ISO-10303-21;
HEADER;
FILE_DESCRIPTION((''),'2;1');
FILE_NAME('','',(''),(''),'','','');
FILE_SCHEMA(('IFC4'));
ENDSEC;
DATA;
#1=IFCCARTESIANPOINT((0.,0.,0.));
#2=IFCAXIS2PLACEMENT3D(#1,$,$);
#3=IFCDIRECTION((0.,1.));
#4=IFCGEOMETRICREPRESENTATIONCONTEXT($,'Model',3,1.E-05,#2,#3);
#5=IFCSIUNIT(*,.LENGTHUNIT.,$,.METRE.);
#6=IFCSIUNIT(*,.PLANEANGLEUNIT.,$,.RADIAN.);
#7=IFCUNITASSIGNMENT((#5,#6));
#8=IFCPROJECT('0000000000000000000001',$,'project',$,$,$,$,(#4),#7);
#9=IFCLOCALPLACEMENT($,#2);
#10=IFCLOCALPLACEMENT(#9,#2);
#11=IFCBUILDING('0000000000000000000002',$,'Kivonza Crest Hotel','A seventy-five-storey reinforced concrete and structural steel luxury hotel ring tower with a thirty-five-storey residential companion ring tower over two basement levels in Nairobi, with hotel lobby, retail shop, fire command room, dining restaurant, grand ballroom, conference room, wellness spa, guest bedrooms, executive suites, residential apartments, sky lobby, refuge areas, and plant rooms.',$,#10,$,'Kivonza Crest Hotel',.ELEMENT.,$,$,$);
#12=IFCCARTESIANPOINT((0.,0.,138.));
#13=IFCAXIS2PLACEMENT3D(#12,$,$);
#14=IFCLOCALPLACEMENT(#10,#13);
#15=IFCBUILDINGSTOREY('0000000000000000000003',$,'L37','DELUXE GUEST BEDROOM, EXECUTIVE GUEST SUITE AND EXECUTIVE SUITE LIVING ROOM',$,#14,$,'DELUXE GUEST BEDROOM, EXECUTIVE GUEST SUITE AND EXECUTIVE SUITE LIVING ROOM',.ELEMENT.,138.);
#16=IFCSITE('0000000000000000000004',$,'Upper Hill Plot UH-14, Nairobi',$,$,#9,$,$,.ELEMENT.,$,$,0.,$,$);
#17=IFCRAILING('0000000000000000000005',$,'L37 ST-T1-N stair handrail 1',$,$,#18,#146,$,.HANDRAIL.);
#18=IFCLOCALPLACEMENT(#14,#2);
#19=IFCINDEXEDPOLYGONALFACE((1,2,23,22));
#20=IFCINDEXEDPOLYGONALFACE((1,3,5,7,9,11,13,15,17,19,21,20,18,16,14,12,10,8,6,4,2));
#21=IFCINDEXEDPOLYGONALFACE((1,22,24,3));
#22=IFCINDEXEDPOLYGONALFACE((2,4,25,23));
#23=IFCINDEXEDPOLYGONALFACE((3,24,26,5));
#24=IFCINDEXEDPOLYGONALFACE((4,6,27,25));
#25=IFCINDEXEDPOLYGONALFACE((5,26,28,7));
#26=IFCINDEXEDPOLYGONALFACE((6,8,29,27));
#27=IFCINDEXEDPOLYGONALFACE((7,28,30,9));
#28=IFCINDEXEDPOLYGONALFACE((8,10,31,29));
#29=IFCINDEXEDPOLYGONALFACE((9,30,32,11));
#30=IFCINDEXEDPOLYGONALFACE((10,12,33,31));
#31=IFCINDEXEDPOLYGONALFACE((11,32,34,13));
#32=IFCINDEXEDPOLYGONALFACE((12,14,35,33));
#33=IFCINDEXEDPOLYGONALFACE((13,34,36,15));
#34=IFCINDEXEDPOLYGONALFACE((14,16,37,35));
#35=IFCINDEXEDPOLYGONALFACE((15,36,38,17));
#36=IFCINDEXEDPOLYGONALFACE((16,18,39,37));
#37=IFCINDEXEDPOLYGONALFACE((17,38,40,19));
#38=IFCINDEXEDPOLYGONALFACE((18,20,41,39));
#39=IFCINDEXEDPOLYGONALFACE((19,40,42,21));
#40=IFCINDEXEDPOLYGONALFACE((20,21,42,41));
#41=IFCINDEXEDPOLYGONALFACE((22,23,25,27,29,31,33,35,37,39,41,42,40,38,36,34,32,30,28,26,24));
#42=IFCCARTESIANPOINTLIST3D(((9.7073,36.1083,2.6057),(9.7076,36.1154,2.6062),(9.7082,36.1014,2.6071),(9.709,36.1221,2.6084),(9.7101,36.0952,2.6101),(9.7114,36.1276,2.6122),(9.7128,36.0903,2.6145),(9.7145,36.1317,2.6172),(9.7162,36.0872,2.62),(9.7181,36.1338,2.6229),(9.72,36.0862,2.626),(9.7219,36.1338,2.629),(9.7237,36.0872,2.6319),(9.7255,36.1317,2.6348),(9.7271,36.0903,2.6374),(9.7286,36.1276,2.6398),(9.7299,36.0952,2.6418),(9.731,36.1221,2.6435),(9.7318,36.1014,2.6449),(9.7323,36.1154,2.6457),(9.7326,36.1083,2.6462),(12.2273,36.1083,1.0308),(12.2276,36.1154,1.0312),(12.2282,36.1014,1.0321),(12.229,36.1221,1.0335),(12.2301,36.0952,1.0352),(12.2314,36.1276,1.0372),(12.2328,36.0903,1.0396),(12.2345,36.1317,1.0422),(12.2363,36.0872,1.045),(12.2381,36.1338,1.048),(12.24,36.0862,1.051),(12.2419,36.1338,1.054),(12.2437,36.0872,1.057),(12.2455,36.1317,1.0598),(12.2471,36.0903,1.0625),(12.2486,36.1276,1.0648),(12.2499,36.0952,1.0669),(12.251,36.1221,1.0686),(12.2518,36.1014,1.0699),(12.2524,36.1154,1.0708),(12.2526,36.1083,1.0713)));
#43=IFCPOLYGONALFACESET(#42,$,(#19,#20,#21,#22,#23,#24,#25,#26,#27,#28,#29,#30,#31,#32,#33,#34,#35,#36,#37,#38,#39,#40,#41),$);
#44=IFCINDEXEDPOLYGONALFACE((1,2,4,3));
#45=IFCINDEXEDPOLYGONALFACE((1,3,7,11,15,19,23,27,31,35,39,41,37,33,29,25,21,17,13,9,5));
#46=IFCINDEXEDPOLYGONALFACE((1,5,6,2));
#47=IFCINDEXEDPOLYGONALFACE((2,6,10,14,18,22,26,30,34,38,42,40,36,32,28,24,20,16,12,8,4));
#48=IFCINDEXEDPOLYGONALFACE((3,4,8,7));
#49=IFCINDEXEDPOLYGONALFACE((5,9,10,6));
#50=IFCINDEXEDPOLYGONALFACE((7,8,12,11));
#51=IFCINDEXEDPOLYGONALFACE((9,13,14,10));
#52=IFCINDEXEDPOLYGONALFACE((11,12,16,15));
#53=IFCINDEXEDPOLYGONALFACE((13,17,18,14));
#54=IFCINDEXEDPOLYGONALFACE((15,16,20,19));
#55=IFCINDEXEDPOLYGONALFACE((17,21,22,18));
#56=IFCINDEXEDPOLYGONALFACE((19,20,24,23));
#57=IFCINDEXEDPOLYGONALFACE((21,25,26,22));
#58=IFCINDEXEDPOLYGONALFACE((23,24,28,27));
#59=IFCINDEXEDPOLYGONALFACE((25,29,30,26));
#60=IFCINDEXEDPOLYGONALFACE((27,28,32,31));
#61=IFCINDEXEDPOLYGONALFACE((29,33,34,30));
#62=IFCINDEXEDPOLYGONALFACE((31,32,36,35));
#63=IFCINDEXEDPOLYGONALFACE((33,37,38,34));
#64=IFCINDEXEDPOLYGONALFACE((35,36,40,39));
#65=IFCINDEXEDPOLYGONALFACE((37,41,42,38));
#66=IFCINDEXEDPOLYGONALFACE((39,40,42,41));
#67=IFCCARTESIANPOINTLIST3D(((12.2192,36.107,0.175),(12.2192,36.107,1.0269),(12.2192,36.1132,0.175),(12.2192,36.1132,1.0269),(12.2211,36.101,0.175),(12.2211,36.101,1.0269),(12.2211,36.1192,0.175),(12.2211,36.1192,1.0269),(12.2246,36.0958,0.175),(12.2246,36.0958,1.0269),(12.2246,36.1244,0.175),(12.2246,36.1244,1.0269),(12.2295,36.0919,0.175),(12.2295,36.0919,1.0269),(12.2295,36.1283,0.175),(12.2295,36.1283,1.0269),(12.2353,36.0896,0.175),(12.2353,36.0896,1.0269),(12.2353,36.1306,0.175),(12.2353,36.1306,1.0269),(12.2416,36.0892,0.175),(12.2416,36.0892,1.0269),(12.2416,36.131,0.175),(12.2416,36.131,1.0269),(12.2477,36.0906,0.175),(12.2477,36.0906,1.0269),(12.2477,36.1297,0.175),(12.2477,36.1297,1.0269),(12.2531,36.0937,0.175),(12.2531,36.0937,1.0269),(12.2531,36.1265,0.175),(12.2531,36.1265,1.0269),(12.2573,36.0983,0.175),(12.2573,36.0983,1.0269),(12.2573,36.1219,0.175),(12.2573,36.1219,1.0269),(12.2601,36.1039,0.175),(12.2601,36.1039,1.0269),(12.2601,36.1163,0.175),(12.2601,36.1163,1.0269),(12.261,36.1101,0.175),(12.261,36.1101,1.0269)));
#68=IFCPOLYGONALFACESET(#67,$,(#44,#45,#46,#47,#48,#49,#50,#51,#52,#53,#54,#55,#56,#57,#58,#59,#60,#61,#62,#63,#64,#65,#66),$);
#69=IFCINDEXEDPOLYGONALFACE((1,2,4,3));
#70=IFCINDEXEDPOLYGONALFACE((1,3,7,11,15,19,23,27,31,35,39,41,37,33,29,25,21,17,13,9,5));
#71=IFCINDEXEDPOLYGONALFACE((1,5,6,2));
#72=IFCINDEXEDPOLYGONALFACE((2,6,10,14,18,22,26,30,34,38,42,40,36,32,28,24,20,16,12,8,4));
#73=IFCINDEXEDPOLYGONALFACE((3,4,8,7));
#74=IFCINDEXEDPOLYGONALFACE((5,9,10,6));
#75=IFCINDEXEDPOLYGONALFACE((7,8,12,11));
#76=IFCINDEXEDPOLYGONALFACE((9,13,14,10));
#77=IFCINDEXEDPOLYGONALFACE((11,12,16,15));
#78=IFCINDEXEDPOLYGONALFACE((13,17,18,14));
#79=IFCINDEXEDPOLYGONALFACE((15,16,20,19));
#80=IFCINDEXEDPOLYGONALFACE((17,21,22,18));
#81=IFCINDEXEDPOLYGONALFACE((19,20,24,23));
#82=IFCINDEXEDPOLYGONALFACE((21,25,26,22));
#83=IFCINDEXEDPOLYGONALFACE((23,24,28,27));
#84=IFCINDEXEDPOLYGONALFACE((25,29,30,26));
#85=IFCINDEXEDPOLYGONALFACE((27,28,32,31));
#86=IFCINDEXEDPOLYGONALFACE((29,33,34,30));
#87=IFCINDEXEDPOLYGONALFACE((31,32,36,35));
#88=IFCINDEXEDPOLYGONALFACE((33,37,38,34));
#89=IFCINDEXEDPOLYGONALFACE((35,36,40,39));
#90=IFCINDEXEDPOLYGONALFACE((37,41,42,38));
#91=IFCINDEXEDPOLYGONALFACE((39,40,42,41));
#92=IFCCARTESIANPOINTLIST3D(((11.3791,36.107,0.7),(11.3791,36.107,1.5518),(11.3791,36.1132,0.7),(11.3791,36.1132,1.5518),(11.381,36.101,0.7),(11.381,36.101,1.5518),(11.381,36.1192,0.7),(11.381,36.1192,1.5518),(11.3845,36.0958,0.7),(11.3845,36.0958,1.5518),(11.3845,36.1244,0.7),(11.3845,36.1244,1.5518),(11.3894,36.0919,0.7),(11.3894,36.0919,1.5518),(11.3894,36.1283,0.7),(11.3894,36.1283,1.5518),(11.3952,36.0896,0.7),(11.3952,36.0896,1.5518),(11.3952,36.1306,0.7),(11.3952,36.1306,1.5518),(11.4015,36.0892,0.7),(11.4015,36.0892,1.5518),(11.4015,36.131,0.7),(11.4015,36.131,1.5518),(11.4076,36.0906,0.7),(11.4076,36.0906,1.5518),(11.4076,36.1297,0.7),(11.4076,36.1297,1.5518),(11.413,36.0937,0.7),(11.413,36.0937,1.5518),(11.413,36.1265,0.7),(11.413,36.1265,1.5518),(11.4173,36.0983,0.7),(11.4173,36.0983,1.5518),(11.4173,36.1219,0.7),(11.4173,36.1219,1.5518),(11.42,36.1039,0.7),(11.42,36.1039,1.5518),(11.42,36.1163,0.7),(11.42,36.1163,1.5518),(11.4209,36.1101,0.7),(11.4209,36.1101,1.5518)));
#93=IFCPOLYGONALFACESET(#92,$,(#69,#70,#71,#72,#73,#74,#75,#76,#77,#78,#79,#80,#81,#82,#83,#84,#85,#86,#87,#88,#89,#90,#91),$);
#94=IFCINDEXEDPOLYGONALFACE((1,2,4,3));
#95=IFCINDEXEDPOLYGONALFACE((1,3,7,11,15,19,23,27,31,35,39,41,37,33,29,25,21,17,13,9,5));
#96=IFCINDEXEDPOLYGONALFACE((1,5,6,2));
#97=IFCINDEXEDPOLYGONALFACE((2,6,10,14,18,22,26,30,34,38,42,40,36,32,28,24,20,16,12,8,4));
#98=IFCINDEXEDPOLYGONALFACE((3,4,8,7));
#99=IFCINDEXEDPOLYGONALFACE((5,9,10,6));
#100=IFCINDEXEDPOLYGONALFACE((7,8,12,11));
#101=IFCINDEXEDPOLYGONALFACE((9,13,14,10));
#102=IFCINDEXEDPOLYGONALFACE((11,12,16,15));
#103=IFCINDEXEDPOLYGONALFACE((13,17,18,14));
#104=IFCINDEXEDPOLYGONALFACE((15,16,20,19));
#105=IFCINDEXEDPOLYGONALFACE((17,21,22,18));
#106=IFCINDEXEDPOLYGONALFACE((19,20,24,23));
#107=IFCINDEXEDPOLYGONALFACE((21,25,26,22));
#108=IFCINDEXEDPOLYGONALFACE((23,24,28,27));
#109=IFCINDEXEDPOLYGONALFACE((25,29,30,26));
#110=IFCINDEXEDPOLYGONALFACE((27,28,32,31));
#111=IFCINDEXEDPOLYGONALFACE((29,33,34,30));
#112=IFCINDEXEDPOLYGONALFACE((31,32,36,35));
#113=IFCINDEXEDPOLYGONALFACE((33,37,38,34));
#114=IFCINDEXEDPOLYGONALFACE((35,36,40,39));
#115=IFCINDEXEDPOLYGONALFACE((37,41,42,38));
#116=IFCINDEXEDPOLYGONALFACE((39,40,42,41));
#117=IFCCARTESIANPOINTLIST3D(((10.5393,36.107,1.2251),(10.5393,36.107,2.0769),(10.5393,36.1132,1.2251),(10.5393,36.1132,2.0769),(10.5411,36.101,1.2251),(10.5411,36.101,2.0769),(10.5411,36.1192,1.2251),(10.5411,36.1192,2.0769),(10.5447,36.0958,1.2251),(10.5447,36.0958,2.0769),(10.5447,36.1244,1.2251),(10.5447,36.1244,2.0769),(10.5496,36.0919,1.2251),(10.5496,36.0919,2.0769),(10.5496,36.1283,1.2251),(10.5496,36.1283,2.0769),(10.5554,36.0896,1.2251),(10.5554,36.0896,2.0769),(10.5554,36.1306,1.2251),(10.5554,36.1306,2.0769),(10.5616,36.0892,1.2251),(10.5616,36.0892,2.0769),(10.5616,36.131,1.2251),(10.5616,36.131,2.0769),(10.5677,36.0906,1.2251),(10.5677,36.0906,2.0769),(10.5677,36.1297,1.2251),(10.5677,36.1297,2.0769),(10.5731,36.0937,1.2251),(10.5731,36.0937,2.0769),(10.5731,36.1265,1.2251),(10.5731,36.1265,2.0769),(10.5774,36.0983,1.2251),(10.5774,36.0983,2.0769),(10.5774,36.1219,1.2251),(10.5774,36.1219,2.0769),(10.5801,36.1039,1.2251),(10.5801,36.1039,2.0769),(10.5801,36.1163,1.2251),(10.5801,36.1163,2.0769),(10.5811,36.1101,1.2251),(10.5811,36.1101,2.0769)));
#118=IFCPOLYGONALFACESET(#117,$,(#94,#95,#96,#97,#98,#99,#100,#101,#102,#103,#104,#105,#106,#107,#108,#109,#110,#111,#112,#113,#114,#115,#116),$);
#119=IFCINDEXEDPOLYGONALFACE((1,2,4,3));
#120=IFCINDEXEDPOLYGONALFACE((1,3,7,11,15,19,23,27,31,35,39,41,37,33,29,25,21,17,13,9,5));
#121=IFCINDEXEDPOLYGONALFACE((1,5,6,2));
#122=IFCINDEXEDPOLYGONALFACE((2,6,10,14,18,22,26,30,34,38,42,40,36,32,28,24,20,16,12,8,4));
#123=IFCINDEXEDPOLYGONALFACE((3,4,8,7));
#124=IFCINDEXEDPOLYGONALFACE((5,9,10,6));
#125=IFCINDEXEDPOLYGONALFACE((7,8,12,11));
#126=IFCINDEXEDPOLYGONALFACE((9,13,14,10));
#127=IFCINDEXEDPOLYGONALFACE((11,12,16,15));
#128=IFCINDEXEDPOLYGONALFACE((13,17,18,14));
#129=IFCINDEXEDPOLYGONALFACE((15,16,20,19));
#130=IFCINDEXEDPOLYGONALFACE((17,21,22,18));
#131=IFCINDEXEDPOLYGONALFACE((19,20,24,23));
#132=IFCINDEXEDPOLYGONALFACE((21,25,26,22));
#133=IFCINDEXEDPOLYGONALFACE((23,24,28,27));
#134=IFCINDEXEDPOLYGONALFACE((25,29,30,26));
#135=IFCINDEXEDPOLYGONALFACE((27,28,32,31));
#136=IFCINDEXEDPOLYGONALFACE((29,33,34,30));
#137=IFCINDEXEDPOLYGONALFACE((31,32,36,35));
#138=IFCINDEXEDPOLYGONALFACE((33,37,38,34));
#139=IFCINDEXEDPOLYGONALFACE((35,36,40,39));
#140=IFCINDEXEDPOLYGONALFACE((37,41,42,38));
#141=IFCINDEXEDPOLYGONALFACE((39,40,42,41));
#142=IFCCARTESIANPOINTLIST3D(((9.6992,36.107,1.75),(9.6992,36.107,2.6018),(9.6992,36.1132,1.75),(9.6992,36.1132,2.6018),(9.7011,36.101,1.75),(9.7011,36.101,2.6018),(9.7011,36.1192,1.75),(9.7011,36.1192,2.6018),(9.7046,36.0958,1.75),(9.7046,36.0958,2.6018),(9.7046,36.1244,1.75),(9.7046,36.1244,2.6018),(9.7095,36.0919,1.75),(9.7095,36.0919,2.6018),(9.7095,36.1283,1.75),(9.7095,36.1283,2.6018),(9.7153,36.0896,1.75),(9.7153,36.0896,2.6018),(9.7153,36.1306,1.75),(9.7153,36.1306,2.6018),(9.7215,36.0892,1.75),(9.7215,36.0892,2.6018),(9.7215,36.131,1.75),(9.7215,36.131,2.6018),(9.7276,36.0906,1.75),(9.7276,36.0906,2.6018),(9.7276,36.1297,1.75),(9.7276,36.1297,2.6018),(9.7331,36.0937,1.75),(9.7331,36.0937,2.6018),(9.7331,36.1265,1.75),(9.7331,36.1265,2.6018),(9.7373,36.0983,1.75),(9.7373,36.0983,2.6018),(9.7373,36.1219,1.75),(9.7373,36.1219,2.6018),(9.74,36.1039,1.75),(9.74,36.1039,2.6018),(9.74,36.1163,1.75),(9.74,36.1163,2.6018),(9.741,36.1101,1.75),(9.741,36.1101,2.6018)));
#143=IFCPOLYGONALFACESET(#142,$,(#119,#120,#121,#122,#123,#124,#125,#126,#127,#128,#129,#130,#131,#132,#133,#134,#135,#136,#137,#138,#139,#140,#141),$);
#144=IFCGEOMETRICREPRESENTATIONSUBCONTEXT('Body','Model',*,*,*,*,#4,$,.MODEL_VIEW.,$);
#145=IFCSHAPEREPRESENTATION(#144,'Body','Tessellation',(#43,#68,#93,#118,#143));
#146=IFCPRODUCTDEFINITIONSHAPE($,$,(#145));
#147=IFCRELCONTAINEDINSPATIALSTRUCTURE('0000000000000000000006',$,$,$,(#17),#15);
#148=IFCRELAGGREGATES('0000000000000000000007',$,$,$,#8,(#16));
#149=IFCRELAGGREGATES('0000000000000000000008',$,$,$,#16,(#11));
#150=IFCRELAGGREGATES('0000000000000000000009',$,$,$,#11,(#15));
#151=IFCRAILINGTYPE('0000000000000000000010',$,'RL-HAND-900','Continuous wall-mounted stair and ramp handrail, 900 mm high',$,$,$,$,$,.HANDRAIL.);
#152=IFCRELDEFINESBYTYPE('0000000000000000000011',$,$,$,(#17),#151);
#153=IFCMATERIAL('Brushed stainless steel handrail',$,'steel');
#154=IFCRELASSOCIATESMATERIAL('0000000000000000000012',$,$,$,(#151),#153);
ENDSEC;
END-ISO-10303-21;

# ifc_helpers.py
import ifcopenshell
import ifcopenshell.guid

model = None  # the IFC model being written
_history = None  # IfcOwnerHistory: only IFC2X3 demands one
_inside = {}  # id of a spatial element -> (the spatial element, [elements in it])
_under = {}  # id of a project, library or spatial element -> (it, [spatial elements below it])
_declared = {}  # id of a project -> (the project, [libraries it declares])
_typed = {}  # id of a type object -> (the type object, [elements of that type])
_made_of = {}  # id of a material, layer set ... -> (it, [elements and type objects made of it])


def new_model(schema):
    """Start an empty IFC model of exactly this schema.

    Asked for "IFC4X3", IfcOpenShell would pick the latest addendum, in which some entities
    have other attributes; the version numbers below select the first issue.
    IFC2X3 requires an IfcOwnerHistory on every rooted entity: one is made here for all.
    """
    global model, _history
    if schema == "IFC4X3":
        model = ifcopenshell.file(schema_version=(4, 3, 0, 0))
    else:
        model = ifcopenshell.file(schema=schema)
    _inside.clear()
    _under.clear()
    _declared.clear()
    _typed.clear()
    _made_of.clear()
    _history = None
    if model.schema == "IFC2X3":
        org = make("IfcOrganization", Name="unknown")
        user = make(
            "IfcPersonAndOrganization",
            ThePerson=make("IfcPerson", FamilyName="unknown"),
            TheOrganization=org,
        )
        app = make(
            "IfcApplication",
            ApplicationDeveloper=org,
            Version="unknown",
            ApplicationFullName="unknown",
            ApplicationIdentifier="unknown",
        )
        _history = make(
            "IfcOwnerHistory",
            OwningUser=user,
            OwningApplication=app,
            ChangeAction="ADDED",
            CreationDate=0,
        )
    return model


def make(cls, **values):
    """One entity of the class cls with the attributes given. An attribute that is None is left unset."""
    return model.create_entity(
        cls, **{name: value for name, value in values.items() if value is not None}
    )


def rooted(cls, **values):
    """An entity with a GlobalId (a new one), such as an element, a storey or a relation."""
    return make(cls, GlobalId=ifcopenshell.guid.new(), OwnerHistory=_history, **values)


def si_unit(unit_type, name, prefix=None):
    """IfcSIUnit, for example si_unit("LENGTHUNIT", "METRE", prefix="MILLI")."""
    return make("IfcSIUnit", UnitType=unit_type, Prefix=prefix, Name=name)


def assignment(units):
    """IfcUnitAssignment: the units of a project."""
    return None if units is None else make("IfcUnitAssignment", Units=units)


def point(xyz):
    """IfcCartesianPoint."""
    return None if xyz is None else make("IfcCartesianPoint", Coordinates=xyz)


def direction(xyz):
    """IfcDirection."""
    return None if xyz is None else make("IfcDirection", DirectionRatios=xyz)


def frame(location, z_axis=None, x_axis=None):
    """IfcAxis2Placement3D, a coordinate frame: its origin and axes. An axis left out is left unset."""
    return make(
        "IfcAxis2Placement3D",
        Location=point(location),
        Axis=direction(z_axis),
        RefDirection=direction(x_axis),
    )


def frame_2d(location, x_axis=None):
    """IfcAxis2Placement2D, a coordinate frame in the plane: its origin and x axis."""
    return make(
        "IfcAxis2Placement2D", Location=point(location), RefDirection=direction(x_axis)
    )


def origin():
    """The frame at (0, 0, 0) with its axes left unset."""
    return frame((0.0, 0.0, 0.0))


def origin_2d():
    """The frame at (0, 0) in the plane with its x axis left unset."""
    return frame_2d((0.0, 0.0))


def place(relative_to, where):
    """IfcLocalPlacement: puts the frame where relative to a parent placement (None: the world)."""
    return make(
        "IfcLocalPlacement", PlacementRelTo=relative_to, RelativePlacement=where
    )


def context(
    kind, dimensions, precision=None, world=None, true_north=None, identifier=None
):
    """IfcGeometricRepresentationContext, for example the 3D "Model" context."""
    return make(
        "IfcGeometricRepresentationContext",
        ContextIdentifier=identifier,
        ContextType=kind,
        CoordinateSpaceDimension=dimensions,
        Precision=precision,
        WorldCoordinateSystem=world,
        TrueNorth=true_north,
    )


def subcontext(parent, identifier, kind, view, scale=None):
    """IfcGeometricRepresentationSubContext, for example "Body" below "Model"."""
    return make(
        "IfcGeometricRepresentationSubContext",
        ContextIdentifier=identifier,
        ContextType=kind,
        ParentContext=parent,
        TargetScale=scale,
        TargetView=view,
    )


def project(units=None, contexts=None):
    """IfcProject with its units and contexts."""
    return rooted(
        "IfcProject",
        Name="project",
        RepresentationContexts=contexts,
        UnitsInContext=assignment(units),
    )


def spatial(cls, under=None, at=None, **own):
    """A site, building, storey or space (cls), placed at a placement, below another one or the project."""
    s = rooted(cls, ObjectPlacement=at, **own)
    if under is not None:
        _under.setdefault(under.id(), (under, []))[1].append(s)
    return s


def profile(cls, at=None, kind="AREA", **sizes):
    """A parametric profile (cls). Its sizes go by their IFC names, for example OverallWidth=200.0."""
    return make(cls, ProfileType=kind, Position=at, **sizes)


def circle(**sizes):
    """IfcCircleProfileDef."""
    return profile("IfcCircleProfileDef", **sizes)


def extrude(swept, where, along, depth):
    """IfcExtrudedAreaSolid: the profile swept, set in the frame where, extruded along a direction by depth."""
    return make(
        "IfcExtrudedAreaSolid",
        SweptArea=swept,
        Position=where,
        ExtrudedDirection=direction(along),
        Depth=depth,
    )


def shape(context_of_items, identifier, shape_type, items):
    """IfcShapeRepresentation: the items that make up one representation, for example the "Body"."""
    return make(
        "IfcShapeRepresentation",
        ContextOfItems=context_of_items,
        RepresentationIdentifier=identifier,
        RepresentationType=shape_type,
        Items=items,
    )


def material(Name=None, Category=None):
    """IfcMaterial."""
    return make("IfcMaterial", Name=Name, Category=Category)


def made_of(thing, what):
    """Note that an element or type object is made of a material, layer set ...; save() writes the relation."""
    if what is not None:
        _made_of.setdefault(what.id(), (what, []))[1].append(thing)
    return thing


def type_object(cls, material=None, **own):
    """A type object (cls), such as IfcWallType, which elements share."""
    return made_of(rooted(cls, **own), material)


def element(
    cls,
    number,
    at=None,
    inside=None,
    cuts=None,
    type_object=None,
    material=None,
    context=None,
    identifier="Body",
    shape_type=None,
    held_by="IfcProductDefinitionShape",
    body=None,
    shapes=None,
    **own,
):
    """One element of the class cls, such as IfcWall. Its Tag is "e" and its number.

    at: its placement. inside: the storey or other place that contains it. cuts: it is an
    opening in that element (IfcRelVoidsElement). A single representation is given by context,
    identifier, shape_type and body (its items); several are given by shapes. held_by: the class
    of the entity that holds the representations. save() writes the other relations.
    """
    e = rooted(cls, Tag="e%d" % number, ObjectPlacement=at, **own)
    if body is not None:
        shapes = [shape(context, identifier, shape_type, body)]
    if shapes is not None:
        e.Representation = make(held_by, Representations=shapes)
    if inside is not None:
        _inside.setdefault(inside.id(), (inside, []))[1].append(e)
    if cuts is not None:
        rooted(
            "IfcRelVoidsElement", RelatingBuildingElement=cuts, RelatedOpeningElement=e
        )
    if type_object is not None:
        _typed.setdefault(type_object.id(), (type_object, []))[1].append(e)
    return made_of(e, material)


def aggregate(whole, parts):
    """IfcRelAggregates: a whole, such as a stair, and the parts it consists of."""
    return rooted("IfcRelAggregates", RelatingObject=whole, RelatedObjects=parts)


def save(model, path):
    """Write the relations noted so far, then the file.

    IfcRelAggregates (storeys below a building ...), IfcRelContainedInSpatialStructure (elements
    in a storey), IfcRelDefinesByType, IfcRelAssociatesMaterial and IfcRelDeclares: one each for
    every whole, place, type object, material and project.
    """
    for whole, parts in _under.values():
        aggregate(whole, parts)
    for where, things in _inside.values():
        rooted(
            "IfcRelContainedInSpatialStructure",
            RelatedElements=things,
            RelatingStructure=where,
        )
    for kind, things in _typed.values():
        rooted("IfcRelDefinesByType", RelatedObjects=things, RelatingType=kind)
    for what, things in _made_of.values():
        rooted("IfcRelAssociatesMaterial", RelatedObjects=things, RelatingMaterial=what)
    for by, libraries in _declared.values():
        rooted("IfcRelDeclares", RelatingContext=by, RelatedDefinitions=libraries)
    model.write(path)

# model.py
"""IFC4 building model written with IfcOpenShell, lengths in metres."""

from ifc_helpers import new_model, si_unit, direction, frame, origin, origin_2d, place, context, subcontext, project, spatial, circle, extrude, material, type_object, element, save


model = new_model("IFC4")

# Units and contexts
model_context = context("Model", 3, precision=1e-05, world=origin(), true_north=direction((0.0, 1.0)))
body_context = subcontext(model_context, "Body", "Model", "MODEL_VIEW")
ifc_project = project(units=[si_unit("LENGTHUNIT", "METRE"), si_unit("PLANEANGLEUNIT", "RADIAN")], contexts=[model_context])

# Site, building, storey
site_placement = place(None, origin())
site = spatial("IfcSite", under=ifc_project, at=site_placement, Name="Upper Hill Plot UH-14, Nairobi", CompositionType="ELEMENT", RefElevation=0.0)
building_placement = place(site_placement, origin())
building = spatial("IfcBuilding", under=site, at=building_placement, Name="Kivonza Crest Hotel", Description="A seventy-five-storey reinforced concrete and structural steel luxury hotel ring tower with a thirty-five-storey residential companion ring tower over two basement levels in Nairobi, with hotel lobby, retail shop, fire command room, dining restaurant, grand ballroom, conference room, wellness spa, guest bedrooms, executive suites, residential apartments, sky lobby, refuge areas, and plant rooms.", LongName="Kivonza Crest Hotel", CompositionType="ELEMENT")
storey_placement = place(building_placement, frame((0.0, 0.0, 138.0)))
storey = spatial("IfcBuildingStorey", under=building, at=storey_placement, Name="L37", Description="DELUXE GUEST BEDROOM, EXECUTIVE GUEST SUITE AND EXECUTIVE SUITE LIVING ROOM", LongName="DELUXE GUEST BEDROOM, EXECUTIVE GUEST SUITE AND EXECUTIVE SUITE LIVING ROOM", CompositionType="ELEMENT", Elevation=138.0)

# Railing
ifc_material_1 = material(Name="Brushed stainless steel handrail", Category="steel")
railing_type_1 = type_object("IfcRailingType", Name="RL-HAND-900", Description="Continuous wall-mounted stair and ramp handrail, 900 mm high", PredefinedType="HANDRAIL", material=ifc_material_1)
railing_1_placement = place(storey_placement, frame((12.24, 36.1101, 0.175)))
element("IfcRailing", 1, at=railing_1_placement, inside=storey, type_object=railing_type_1, Name="L37 ST-T1-N stair handrail 1", PredefinedType="HANDRAIL", context=body_context, shape_type="SweptSolid", body=[
    extrude(circle(Radius=0.0239, at=origin_2d()), frame((0.0, 0.0, 0.876), z_axis=(-0.848008, 0.0, 0.529984), x_axis=(0.0, -1.0, 0.0)), (0.0, 0.0, 1.0), 2.9717),
    extrude(circle(Radius=0.021, at=origin_2d()), origin(), (0.0, 0.0, 1.0), 0.8518),
    extrude(circle(Radius=0.021, at=origin_2d()), frame((-0.8401, 0.0, 0.5249)), (0.0, 0.0, 1.0), 0.8518),
    extrude(circle(Radius=0.021, at=origin_2d()), frame((-1.6799, 0.0, 1.05)), (0.0, 0.0, 1.0), 0.8518),
    extrude(circle(Radius=0.021, at=origin_2d()), frame((-2.52, 0.0, 1.575)), (0.0, 0.0, 1.0), 0.8518),
])

save(model, "model.ifc")
